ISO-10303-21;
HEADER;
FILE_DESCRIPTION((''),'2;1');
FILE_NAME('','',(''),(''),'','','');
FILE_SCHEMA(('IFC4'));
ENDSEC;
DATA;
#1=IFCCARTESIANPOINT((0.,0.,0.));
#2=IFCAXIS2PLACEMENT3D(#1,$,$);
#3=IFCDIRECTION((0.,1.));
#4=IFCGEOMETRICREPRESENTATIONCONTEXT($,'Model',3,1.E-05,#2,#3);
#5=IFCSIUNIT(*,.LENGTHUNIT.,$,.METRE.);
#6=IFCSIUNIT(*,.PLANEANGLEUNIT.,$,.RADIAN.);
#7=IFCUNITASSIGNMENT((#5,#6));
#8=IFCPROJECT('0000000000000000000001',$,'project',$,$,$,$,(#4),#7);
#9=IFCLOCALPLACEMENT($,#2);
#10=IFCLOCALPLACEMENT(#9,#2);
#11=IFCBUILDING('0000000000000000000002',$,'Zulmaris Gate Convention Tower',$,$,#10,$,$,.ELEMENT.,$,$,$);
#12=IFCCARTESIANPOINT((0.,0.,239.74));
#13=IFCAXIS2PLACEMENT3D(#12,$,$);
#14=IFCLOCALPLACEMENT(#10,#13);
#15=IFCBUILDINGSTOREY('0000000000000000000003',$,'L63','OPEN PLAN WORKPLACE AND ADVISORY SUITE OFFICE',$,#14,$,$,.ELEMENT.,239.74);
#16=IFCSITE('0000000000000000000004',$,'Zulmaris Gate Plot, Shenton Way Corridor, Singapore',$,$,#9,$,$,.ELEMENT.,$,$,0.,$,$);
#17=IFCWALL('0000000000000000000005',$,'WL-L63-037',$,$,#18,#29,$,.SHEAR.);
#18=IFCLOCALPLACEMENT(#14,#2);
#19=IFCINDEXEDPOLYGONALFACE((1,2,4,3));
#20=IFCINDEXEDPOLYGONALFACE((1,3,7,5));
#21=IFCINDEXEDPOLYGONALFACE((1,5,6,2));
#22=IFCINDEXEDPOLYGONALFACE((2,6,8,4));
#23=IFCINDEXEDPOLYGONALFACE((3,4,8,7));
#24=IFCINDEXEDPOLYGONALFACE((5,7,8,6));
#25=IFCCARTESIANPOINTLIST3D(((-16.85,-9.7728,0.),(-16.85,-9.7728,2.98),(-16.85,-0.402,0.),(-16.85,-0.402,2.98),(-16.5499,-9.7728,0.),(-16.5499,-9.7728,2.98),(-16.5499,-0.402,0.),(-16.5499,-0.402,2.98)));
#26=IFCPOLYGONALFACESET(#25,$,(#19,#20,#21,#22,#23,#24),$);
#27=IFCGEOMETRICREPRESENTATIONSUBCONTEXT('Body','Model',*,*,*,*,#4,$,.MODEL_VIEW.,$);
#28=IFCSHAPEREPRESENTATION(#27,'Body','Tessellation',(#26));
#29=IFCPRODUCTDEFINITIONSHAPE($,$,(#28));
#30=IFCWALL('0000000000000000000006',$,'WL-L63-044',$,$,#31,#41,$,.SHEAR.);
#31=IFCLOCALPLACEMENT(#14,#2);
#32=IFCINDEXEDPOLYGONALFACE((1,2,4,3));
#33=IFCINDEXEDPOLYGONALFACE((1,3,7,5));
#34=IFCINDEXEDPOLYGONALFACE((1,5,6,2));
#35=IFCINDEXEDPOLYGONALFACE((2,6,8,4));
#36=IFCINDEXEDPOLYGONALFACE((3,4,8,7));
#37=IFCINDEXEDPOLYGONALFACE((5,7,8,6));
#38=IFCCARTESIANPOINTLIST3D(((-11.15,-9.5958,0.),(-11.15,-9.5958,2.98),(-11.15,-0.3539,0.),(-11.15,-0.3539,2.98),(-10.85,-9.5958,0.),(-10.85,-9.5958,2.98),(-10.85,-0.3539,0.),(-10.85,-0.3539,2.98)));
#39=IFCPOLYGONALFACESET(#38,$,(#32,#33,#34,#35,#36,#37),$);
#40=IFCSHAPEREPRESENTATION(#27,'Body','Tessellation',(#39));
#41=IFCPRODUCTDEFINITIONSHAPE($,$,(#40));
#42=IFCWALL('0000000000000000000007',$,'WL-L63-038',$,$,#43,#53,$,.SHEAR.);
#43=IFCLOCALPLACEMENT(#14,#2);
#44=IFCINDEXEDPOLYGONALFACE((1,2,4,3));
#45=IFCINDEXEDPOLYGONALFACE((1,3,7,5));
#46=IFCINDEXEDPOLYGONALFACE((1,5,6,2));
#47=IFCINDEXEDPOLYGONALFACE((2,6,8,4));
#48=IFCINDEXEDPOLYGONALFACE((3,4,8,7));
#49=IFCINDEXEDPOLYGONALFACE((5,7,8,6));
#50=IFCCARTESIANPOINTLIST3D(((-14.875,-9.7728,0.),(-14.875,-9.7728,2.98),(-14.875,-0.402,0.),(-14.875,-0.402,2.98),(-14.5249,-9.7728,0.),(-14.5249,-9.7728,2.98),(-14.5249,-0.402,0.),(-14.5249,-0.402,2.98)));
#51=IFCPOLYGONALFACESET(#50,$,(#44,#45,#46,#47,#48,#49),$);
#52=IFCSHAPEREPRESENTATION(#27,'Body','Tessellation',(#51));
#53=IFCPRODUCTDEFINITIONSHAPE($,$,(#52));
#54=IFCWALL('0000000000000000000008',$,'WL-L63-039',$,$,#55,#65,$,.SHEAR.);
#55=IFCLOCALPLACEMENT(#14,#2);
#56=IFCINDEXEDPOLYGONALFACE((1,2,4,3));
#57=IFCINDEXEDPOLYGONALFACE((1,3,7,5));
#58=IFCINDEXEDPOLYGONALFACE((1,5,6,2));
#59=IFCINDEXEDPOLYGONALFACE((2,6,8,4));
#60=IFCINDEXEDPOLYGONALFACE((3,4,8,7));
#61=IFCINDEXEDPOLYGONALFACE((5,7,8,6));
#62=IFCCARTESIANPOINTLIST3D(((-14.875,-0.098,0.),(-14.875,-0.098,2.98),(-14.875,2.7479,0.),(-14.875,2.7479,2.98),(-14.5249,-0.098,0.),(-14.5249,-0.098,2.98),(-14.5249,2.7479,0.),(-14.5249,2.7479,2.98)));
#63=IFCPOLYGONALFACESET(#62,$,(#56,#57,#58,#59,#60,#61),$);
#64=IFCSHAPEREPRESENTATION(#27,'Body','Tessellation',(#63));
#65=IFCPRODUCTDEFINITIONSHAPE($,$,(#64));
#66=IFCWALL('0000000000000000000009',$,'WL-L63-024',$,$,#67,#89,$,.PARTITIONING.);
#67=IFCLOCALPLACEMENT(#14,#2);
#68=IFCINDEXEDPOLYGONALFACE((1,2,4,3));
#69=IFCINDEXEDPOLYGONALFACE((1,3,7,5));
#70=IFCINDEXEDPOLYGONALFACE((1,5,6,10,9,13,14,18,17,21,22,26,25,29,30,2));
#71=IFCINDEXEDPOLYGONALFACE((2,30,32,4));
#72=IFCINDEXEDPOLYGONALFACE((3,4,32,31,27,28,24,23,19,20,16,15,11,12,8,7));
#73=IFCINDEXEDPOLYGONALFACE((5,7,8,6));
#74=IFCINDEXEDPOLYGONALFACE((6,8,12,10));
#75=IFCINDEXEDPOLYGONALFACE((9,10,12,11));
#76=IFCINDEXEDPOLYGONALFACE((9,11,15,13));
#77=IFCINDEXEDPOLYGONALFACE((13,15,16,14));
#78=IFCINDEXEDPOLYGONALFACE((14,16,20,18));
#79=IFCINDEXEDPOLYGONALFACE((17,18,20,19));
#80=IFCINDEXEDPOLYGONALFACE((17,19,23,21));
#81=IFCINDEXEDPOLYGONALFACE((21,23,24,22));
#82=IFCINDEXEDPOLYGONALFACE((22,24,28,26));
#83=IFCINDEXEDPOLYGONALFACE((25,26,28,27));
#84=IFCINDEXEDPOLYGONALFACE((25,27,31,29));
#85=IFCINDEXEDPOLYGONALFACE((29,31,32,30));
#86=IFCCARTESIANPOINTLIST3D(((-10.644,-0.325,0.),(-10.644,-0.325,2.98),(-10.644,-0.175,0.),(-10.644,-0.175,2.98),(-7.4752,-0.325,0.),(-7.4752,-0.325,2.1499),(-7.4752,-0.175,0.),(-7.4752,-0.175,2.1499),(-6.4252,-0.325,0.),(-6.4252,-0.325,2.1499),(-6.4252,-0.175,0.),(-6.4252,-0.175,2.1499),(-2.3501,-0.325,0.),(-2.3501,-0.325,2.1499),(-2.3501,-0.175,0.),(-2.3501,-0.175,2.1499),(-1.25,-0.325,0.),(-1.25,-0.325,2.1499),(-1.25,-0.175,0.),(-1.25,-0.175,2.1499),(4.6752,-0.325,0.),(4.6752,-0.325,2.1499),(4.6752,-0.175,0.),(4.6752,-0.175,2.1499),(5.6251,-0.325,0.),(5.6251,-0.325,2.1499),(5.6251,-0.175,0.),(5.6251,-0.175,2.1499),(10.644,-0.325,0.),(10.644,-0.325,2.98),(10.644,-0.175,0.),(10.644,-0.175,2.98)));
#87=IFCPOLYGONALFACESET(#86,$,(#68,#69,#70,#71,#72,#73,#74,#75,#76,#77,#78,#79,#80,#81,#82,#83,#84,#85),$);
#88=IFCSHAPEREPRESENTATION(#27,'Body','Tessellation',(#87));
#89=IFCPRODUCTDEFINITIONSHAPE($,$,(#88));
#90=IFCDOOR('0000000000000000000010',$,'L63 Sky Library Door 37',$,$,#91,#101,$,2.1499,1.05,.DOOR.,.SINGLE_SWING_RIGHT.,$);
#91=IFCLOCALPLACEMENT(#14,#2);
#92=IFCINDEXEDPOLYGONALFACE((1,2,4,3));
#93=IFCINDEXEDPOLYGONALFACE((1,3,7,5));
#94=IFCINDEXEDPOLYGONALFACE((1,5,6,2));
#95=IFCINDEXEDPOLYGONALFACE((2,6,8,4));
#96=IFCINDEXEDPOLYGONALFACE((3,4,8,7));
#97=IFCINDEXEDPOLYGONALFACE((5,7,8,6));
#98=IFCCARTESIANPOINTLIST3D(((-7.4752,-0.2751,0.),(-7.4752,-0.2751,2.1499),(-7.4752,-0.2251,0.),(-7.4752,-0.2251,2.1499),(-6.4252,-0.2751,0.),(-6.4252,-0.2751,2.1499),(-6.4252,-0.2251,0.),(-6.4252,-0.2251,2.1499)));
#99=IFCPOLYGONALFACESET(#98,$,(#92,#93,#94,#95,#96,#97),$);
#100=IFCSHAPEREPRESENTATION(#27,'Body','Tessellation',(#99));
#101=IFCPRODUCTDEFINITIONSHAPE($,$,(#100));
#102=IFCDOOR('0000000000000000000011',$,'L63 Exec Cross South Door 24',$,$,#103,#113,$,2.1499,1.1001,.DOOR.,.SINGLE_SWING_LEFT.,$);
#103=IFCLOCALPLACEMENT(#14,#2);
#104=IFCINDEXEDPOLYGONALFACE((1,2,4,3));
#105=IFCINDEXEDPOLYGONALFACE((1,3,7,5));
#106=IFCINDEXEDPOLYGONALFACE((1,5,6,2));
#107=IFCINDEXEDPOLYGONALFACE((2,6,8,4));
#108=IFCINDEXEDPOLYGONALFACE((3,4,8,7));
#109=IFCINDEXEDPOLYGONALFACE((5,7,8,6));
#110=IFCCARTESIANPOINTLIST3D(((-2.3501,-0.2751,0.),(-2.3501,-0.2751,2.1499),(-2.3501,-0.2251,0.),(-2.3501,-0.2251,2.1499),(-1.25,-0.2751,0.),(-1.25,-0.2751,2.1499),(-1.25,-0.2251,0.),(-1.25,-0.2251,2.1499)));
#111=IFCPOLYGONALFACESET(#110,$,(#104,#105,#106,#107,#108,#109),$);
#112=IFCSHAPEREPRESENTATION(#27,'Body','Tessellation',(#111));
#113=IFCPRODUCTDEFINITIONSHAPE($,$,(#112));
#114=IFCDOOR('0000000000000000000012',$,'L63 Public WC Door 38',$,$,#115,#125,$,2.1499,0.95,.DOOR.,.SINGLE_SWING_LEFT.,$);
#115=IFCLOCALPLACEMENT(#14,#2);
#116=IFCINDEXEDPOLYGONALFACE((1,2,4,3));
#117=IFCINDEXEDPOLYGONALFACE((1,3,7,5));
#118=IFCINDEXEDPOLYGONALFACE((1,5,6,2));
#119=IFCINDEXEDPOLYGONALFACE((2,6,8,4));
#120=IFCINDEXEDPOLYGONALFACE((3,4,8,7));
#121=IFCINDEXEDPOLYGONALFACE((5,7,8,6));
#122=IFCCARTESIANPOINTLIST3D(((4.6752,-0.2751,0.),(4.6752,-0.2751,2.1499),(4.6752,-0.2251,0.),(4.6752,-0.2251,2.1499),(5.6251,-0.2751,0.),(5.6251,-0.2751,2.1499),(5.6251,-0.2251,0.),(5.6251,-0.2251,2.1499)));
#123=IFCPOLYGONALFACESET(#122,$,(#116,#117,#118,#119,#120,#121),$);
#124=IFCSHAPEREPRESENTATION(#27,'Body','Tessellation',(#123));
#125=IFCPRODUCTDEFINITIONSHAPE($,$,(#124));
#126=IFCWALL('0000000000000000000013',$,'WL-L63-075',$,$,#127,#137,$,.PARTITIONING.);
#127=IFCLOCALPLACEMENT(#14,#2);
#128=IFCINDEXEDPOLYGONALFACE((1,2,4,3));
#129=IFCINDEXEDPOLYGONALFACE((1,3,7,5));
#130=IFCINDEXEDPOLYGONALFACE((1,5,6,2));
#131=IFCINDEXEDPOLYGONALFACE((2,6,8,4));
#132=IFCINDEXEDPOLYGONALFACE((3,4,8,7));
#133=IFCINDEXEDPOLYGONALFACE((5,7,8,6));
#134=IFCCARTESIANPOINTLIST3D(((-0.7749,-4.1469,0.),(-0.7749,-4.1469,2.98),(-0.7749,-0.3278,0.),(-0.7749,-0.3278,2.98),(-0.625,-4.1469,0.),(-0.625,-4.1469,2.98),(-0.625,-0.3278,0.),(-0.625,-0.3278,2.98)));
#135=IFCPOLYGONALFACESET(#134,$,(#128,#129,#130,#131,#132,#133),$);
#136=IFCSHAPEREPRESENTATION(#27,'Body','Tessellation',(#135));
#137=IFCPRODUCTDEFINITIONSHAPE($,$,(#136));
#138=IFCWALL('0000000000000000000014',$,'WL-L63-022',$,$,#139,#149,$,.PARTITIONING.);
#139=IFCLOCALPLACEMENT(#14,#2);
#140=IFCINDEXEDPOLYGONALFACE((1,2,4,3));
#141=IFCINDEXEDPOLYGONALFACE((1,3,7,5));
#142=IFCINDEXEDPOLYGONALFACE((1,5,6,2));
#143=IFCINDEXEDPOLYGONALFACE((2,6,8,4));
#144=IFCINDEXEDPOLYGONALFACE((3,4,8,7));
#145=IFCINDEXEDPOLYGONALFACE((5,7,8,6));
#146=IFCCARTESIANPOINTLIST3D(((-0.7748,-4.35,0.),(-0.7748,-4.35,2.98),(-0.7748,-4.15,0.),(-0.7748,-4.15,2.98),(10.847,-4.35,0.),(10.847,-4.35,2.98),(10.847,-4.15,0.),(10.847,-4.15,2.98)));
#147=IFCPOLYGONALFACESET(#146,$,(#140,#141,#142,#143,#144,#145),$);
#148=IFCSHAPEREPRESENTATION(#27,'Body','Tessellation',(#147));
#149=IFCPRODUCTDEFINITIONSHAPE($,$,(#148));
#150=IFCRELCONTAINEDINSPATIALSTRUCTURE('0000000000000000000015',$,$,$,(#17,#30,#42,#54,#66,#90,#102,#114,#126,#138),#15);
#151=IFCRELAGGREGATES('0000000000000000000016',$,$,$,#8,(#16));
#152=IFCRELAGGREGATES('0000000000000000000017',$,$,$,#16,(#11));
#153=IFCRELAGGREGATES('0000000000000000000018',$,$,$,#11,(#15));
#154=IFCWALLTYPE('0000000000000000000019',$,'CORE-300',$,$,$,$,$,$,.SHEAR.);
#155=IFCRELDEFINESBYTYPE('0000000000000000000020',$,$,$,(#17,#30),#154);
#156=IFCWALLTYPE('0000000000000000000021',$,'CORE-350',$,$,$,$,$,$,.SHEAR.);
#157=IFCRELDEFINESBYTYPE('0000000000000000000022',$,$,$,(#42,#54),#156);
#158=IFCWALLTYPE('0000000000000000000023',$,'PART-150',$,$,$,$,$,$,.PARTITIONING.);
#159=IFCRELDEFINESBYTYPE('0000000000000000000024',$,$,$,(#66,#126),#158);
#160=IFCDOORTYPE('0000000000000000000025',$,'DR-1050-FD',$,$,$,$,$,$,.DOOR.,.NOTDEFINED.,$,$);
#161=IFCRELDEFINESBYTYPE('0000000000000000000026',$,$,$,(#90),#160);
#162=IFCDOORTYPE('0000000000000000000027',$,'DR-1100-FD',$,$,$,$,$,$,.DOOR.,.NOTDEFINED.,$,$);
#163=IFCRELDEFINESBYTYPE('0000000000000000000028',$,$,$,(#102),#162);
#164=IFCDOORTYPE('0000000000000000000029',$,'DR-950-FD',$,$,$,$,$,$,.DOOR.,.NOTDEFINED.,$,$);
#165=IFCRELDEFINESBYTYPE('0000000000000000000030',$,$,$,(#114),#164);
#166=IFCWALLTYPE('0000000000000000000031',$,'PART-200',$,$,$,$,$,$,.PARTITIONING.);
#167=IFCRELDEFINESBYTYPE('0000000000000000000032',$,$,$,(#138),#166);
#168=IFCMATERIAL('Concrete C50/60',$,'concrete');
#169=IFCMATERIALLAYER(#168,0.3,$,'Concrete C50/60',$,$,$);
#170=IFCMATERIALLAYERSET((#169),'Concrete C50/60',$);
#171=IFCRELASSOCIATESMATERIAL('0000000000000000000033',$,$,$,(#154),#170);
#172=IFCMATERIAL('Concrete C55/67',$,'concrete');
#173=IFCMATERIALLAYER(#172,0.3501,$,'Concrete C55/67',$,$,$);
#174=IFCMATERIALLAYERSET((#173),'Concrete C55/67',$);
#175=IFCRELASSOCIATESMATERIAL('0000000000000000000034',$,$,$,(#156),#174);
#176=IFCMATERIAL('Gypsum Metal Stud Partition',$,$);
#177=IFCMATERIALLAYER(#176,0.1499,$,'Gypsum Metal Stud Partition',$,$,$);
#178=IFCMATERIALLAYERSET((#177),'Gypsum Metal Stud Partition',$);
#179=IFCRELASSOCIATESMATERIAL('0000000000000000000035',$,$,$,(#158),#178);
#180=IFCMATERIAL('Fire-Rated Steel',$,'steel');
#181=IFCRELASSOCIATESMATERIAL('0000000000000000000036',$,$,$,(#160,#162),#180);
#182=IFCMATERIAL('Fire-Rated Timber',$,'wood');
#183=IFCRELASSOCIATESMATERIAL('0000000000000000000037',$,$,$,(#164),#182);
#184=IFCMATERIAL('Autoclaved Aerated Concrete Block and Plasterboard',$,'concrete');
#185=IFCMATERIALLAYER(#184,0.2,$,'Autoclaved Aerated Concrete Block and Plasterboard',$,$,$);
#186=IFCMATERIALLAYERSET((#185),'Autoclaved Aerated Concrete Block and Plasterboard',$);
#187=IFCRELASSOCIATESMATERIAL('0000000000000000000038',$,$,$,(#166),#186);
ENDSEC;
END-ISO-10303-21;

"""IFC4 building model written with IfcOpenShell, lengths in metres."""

from ifc_helpers import new_model, si_unit, direction, frame, frame_2d, origin, place, context, subcontext, project, spatial, rectangle, extrude, material, layer, layer_set, type_object, element, fill, save


model = new_model("IFC4")

# Units and contexts
model_context = context("Model", 3, precision=1e-05, world=origin(), true_north=direction((0.0, 1.0)))
body_context = subcontext(model_context, "Body", "Model", "MODEL_VIEW")
ifc_project = project(units=[si_unit("LENGTHUNIT", "METRE"), si_unit("PLANEANGLEUNIT", "RADIAN")], contexts=[model_context])

# Site, building, storey
site_placement = place(None, origin())
site = spatial("IfcSite", under=ifc_project, at=site_placement, Name="Zulmaris Gate Plot, Shenton Way Corridor, Singapore", CompositionType="ELEMENT", RefElevation=0.0)
building_placement = place(site_placement, origin())
building = spatial("IfcBuilding", under=site, at=building_placement, Name="Zulmaris Gate Convention Tower", CompositionType="ELEMENT")
storey_placement = place(building_placement, frame((0.0, 0.0, 239.74)))
storey = spatial("IfcBuildingStorey", under=building, at=storey_placement, Name="L63", Description="OPEN PLAN WORKPLACE AND ADVISORY SUITE OFFICE", CompositionType="ELEMENT", Elevation=239.74)

# Shared definitions
ifc_material_1 = material(Name="Concrete C50/60", Category="concrete")

# Walls
ifc_layer_1 = layer(ifc_material_1, 0.3, Name="Concrete C50/60")
ifc_layer_set_1 = layer_set([ifc_layer_1], Name="Concrete C50/60")
wall_type_1 = type_object("IfcWallType", Name="CORE-300", PredefinedType="SHEAR", material=ifc_layer_set_1)
wall_1_placement = place(storey_placement, frame((-16.7, -9.7729, 0.0), z_axis=(0.0, 0.0, 1.0), x_axis=(0.0, 1.0, 0.0)))
element("IfcWall", 1, at=wall_1_placement, inside=storey, type_object=wall_type_1, Name="WL-L63-037", PredefinedType="SHEAR", context=body_context, shape_type="SweptSolid", body=[
    extrude(rectangle(XDim=9.3708, YDim=0.3, at=frame_2d((4.6855, 0.0))), origin(), (0.0, 0.0, 1.0), 2.98),
])
wall_2_placement = place(storey_placement, frame((-11.0, -9.5959, 0.0), z_axis=(0.0, 0.0, 1.0), x_axis=(0.0, 1.0, 0.0)))
element("IfcWall", 2, at=wall_2_placement, inside=storey, type_object=wall_type_1, Name="WL-L63-044", PredefinedType="SHEAR", context=body_context, shape_type="SweptSolid", body=[
    extrude(rectangle(XDim=9.2419, YDim=0.3, at=frame_2d((4.6211, 0.0))), origin(), (0.0, 0.0, 1.0), 2.98),
])
ifc_material_2 = material(Name="Concrete C55/67", Category="concrete")
ifc_layer_2 = layer(ifc_material_2, 0.3501, Name="Concrete C55/67")
ifc_layer_set_2 = layer_set([ifc_layer_2], Name="Concrete C55/67")
wall_type_2 = type_object("IfcWallType", Name="CORE-350", PredefinedType="SHEAR", material=ifc_layer_set_2)
wall_3_placement = place(storey_placement, frame((-14.7, -9.7729, 0.0), z_axis=(0.0, 0.0, 1.0), x_axis=(0.0, 1.0, 0.0)))
element("IfcWall", 3, at=wall_3_placement, inside=storey, type_object=wall_type_2, Name="WL-L63-038", PredefinedType="SHEAR", context=body_context, shape_type="SweptSolid", body=[
    extrude(rectangle(XDim=9.3708, YDim=0.3501, at=frame_2d((4.6855, 0.0))), origin(), (0.0, 0.0, 1.0), 2.98),
])
wall_4_placement = place(storey_placement, frame((-14.7, -0.0979, 0.0), z_axis=(0.0, 0.0, 1.0), x_axis=(0.0, 1.0, 0.0)))
element("IfcWall", 4, at=wall_4_placement, inside=storey, type_object=wall_type_2, Name="WL-L63-039", PredefinedType="SHEAR", context=body_context, shape_type="SweptSolid", body=[
    extrude(rectangle(XDim=2.8459, YDim=0.3501, at=frame_2d((1.4229, 0.0))), origin(), (0.0, 0.0, 1.0), 2.98),
])

# Wall, openings, doors
ifc_material_3 = material(Name="Gypsum Metal Stud Partition")
ifc_layer_3 = layer(ifc_material_3, 0.1499, Name="Gypsum Metal Stud Partition")
ifc_layer_set_3 = layer_set([ifc_layer_3], Name="Gypsum Metal Stud Partition")
wall_type_3 = type_object("IfcWallType", Name="PART-150", PredefinedType="PARTITIONING", material=ifc_layer_set_3)
wall_5_placement = place(storey_placement, frame((-10.644, -0.25, 0.0), z_axis=(0.0, 0.0, 1.0), x_axis=(1.0, 0.0, 0.0)))
wall_5 = element("IfcWall", 5, at=wall_5_placement, inside=storey, type_object=wall_type_3, Name="WL-L63-024", PredefinedType="PARTITIONING", context=body_context, shape_type="SweptSolid", body=[
    extrude(rectangle(XDim=21.2881, YDim=0.1499, at=frame_2d((10.644, 0.0))), origin(), (0.0, 0.0, 1.0), 2.98),
])
opening_1_placement = place(wall_5_placement, frame((8.2939, 0.0, 0.0)))
opening_1 = element("IfcOpeningElement", 6, at=opening_1_placement, cuts=wall_5, PredefinedType="OPENING", context=body_context, shape_type="SweptSolid", body=[
    extrude(rectangle(XDim=1.1001, YDim=2.1499, at=frame_2d((0.55, 1.075))), frame((0.0, 0.085, 0.0), z_axis=(0.0, -1.0, 0.0), x_axis=(1.0, 0.0, 0.0)), (0.0, 0.0, 1.0), 0.1699),
])
opening_2_placement = place(wall_5_placement, frame((3.1689, 0.0, 0.0)))
opening_2 = element("IfcOpeningElement", 7, at=opening_2_placement, cuts=wall_5, PredefinedType="OPENING", context=body_context, shape_type="SweptSolid", body=[
    extrude(rectangle(XDim=1.05, YDim=2.1499, at=frame_2d((0.5249, 1.075))), frame((0.0, 0.085, 0.0), z_axis=(0.0, -1.0, 0.0), x_axis=(1.0, 0.0, 0.0)), (0.0, 0.0, 1.0), 0.1699),
])
opening_3_placement = place(wall_5_placement, frame((15.3191, 0.0, 0.0)))
opening_3 = element("IfcOpeningElement", 8, at=opening_3_placement, cuts=wall_5, PredefinedType="OPENING", context=body_context, shape_type="SweptSolid", body=[
    extrude(rectangle(XDim=0.95, YDim=2.1499, at=frame_2d((0.4751, 1.075))), frame((0.0, 0.085, 0.0), z_axis=(0.0, -1.0, 0.0), x_axis=(1.0, 0.0, 0.0)), (0.0, 0.0, 1.0), 0.1699),
])
ifc_material_4 = material(Name="Fire-Rated Steel", Category="steel")
door_type_1 = type_object("IfcDoorType", Name="DR-1050-FD", OperationType="NOTDEFINED", PredefinedType="DOOR", material=ifc_material_4)
door_1_placement = place(opening_2_placement, origin())
door_1 = element("IfcDoor", 9, at=door_1_placement, inside=storey, type_object=door_type_1, Name="L63 Sky Library Door 37", OperationType="SINGLE_SWING_RIGHT", OverallHeight=2.1499, OverallWidth=1.05, PredefinedType="DOOR", context=body_context, shape_type="SweptSolid", body=[
    extrude(rectangle(XDim=1.05, YDim=2.1499, at=frame_2d((0.5249, 1.075))), frame((0.0, 0.0249, 0.0), z_axis=(0.0, -1.0, 0.0), x_axis=(1.0, 0.0, 0.0)), (0.0, 0.0, 1.0), 0.05),
])
fill(opening_2, door_1)
door_type_2 = type_object("IfcDoorType", Name="DR-1100-FD", OperationType="NOTDEFINED", PredefinedType="DOOR", material=ifc_material_4)
door_2_placement = place(opening_1_placement, origin())
door_2 = element("IfcDoor", 10, at=door_2_placement, inside=storey, type_object=door_type_2, Name="L63 Exec Cross South Door 24", OperationType="SINGLE_SWING_LEFT", OverallHeight=2.1499, OverallWidth=1.1001, PredefinedType="DOOR", context=body_context, shape_type="SweptSolid", body=[
    extrude(rectangle(XDim=1.1001, YDim=2.1499, at=frame_2d((0.55, 1.075))), frame((0.0, 0.0249, 0.0), z_axis=(0.0, -1.0, 0.0), x_axis=(1.0, 0.0, 0.0)), (0.0, 0.0, 1.0), 0.05),
])
fill(opening_1, door_2)
ifc_material_5 = material(Name="Fire-Rated Timber", Category="wood")
door_type_3 = type_object("IfcDoorType", Name="DR-950-FD", OperationType="NOTDEFINED", PredefinedType="DOOR", material=ifc_material_5)
door_3_placement = place(opening_3_placement, origin())
door_3 = element("IfcDoor", 11, at=door_3_placement, inside=storey, type_object=door_type_3, Name="L63 Public WC Door 38", OperationType="SINGLE_SWING_LEFT", OverallHeight=2.1499, OverallWidth=0.95, PredefinedType="DOOR", context=body_context, shape_type="SweptSolid", body=[
    extrude(rectangle(XDim=0.95, YDim=2.1499, at=frame_2d((0.4751, 1.075))), frame((0.0, 0.0249, 0.0), z_axis=(0.0, -1.0, 0.0), x_axis=(1.0, 0.0, 0.0)), (0.0, 0.0, 1.0), 0.05),
])
fill(opening_3, door_3)

# Walls
wall_6_placement = place(storey_placement, frame((-0.7, -4.147, 0.0), z_axis=(0.0, 0.0, 1.0), x_axis=(0.0, 1.0, 0.0)))
element("IfcWall", 12, at=wall_6_placement, inside=storey, type_object=wall_type_3, Name="WL-L63-075", PredefinedType="PARTITIONING", context=body_context, shape_type="SweptSolid", body=[
    extrude(rectangle(XDim=3.8191, YDim=0.1499, at=frame_2d((1.9097, 0.0))), origin(), (0.0, 0.0, 1.0), 2.98),
])
ifc_material_6 = material(Name="Autoclaved Aerated Concrete Block and Plasterboard", Category="concrete")
ifc_layer_4 = layer(ifc_material_6, 0.2, Name="Autoclaved Aerated Concrete Block and Plasterboard")
ifc_layer_set_4 = layer_set([ifc_layer_4], Name="Autoclaved Aerated Concrete Block and Plasterboard")
wall_type_4 = type_object("IfcWallType", Name="PART-200", PredefinedType="PARTITIONING", material=ifc_layer_set_4)
wall_7_placement = place(storey_placement, frame((-0.7749, -4.25, 0.0), z_axis=(0.0, 0.0, 1.0), x_axis=(1.0, 0.0, 0.0)))
element("IfcWall", 13, at=wall_7_placement, inside=storey, type_object=wall_type_4, Name="WL-L63-022", PredefinedType="PARTITIONING", context=body_context, shape_type="SweptSolid", body=[
    extrude(rectangle(XDim=11.6218, YDim=0.2, at=frame_2d((5.811, 0.0))), origin(), (0.0, 0.0, 1.0), 2.98),
])

save(model, "model.ifc")
